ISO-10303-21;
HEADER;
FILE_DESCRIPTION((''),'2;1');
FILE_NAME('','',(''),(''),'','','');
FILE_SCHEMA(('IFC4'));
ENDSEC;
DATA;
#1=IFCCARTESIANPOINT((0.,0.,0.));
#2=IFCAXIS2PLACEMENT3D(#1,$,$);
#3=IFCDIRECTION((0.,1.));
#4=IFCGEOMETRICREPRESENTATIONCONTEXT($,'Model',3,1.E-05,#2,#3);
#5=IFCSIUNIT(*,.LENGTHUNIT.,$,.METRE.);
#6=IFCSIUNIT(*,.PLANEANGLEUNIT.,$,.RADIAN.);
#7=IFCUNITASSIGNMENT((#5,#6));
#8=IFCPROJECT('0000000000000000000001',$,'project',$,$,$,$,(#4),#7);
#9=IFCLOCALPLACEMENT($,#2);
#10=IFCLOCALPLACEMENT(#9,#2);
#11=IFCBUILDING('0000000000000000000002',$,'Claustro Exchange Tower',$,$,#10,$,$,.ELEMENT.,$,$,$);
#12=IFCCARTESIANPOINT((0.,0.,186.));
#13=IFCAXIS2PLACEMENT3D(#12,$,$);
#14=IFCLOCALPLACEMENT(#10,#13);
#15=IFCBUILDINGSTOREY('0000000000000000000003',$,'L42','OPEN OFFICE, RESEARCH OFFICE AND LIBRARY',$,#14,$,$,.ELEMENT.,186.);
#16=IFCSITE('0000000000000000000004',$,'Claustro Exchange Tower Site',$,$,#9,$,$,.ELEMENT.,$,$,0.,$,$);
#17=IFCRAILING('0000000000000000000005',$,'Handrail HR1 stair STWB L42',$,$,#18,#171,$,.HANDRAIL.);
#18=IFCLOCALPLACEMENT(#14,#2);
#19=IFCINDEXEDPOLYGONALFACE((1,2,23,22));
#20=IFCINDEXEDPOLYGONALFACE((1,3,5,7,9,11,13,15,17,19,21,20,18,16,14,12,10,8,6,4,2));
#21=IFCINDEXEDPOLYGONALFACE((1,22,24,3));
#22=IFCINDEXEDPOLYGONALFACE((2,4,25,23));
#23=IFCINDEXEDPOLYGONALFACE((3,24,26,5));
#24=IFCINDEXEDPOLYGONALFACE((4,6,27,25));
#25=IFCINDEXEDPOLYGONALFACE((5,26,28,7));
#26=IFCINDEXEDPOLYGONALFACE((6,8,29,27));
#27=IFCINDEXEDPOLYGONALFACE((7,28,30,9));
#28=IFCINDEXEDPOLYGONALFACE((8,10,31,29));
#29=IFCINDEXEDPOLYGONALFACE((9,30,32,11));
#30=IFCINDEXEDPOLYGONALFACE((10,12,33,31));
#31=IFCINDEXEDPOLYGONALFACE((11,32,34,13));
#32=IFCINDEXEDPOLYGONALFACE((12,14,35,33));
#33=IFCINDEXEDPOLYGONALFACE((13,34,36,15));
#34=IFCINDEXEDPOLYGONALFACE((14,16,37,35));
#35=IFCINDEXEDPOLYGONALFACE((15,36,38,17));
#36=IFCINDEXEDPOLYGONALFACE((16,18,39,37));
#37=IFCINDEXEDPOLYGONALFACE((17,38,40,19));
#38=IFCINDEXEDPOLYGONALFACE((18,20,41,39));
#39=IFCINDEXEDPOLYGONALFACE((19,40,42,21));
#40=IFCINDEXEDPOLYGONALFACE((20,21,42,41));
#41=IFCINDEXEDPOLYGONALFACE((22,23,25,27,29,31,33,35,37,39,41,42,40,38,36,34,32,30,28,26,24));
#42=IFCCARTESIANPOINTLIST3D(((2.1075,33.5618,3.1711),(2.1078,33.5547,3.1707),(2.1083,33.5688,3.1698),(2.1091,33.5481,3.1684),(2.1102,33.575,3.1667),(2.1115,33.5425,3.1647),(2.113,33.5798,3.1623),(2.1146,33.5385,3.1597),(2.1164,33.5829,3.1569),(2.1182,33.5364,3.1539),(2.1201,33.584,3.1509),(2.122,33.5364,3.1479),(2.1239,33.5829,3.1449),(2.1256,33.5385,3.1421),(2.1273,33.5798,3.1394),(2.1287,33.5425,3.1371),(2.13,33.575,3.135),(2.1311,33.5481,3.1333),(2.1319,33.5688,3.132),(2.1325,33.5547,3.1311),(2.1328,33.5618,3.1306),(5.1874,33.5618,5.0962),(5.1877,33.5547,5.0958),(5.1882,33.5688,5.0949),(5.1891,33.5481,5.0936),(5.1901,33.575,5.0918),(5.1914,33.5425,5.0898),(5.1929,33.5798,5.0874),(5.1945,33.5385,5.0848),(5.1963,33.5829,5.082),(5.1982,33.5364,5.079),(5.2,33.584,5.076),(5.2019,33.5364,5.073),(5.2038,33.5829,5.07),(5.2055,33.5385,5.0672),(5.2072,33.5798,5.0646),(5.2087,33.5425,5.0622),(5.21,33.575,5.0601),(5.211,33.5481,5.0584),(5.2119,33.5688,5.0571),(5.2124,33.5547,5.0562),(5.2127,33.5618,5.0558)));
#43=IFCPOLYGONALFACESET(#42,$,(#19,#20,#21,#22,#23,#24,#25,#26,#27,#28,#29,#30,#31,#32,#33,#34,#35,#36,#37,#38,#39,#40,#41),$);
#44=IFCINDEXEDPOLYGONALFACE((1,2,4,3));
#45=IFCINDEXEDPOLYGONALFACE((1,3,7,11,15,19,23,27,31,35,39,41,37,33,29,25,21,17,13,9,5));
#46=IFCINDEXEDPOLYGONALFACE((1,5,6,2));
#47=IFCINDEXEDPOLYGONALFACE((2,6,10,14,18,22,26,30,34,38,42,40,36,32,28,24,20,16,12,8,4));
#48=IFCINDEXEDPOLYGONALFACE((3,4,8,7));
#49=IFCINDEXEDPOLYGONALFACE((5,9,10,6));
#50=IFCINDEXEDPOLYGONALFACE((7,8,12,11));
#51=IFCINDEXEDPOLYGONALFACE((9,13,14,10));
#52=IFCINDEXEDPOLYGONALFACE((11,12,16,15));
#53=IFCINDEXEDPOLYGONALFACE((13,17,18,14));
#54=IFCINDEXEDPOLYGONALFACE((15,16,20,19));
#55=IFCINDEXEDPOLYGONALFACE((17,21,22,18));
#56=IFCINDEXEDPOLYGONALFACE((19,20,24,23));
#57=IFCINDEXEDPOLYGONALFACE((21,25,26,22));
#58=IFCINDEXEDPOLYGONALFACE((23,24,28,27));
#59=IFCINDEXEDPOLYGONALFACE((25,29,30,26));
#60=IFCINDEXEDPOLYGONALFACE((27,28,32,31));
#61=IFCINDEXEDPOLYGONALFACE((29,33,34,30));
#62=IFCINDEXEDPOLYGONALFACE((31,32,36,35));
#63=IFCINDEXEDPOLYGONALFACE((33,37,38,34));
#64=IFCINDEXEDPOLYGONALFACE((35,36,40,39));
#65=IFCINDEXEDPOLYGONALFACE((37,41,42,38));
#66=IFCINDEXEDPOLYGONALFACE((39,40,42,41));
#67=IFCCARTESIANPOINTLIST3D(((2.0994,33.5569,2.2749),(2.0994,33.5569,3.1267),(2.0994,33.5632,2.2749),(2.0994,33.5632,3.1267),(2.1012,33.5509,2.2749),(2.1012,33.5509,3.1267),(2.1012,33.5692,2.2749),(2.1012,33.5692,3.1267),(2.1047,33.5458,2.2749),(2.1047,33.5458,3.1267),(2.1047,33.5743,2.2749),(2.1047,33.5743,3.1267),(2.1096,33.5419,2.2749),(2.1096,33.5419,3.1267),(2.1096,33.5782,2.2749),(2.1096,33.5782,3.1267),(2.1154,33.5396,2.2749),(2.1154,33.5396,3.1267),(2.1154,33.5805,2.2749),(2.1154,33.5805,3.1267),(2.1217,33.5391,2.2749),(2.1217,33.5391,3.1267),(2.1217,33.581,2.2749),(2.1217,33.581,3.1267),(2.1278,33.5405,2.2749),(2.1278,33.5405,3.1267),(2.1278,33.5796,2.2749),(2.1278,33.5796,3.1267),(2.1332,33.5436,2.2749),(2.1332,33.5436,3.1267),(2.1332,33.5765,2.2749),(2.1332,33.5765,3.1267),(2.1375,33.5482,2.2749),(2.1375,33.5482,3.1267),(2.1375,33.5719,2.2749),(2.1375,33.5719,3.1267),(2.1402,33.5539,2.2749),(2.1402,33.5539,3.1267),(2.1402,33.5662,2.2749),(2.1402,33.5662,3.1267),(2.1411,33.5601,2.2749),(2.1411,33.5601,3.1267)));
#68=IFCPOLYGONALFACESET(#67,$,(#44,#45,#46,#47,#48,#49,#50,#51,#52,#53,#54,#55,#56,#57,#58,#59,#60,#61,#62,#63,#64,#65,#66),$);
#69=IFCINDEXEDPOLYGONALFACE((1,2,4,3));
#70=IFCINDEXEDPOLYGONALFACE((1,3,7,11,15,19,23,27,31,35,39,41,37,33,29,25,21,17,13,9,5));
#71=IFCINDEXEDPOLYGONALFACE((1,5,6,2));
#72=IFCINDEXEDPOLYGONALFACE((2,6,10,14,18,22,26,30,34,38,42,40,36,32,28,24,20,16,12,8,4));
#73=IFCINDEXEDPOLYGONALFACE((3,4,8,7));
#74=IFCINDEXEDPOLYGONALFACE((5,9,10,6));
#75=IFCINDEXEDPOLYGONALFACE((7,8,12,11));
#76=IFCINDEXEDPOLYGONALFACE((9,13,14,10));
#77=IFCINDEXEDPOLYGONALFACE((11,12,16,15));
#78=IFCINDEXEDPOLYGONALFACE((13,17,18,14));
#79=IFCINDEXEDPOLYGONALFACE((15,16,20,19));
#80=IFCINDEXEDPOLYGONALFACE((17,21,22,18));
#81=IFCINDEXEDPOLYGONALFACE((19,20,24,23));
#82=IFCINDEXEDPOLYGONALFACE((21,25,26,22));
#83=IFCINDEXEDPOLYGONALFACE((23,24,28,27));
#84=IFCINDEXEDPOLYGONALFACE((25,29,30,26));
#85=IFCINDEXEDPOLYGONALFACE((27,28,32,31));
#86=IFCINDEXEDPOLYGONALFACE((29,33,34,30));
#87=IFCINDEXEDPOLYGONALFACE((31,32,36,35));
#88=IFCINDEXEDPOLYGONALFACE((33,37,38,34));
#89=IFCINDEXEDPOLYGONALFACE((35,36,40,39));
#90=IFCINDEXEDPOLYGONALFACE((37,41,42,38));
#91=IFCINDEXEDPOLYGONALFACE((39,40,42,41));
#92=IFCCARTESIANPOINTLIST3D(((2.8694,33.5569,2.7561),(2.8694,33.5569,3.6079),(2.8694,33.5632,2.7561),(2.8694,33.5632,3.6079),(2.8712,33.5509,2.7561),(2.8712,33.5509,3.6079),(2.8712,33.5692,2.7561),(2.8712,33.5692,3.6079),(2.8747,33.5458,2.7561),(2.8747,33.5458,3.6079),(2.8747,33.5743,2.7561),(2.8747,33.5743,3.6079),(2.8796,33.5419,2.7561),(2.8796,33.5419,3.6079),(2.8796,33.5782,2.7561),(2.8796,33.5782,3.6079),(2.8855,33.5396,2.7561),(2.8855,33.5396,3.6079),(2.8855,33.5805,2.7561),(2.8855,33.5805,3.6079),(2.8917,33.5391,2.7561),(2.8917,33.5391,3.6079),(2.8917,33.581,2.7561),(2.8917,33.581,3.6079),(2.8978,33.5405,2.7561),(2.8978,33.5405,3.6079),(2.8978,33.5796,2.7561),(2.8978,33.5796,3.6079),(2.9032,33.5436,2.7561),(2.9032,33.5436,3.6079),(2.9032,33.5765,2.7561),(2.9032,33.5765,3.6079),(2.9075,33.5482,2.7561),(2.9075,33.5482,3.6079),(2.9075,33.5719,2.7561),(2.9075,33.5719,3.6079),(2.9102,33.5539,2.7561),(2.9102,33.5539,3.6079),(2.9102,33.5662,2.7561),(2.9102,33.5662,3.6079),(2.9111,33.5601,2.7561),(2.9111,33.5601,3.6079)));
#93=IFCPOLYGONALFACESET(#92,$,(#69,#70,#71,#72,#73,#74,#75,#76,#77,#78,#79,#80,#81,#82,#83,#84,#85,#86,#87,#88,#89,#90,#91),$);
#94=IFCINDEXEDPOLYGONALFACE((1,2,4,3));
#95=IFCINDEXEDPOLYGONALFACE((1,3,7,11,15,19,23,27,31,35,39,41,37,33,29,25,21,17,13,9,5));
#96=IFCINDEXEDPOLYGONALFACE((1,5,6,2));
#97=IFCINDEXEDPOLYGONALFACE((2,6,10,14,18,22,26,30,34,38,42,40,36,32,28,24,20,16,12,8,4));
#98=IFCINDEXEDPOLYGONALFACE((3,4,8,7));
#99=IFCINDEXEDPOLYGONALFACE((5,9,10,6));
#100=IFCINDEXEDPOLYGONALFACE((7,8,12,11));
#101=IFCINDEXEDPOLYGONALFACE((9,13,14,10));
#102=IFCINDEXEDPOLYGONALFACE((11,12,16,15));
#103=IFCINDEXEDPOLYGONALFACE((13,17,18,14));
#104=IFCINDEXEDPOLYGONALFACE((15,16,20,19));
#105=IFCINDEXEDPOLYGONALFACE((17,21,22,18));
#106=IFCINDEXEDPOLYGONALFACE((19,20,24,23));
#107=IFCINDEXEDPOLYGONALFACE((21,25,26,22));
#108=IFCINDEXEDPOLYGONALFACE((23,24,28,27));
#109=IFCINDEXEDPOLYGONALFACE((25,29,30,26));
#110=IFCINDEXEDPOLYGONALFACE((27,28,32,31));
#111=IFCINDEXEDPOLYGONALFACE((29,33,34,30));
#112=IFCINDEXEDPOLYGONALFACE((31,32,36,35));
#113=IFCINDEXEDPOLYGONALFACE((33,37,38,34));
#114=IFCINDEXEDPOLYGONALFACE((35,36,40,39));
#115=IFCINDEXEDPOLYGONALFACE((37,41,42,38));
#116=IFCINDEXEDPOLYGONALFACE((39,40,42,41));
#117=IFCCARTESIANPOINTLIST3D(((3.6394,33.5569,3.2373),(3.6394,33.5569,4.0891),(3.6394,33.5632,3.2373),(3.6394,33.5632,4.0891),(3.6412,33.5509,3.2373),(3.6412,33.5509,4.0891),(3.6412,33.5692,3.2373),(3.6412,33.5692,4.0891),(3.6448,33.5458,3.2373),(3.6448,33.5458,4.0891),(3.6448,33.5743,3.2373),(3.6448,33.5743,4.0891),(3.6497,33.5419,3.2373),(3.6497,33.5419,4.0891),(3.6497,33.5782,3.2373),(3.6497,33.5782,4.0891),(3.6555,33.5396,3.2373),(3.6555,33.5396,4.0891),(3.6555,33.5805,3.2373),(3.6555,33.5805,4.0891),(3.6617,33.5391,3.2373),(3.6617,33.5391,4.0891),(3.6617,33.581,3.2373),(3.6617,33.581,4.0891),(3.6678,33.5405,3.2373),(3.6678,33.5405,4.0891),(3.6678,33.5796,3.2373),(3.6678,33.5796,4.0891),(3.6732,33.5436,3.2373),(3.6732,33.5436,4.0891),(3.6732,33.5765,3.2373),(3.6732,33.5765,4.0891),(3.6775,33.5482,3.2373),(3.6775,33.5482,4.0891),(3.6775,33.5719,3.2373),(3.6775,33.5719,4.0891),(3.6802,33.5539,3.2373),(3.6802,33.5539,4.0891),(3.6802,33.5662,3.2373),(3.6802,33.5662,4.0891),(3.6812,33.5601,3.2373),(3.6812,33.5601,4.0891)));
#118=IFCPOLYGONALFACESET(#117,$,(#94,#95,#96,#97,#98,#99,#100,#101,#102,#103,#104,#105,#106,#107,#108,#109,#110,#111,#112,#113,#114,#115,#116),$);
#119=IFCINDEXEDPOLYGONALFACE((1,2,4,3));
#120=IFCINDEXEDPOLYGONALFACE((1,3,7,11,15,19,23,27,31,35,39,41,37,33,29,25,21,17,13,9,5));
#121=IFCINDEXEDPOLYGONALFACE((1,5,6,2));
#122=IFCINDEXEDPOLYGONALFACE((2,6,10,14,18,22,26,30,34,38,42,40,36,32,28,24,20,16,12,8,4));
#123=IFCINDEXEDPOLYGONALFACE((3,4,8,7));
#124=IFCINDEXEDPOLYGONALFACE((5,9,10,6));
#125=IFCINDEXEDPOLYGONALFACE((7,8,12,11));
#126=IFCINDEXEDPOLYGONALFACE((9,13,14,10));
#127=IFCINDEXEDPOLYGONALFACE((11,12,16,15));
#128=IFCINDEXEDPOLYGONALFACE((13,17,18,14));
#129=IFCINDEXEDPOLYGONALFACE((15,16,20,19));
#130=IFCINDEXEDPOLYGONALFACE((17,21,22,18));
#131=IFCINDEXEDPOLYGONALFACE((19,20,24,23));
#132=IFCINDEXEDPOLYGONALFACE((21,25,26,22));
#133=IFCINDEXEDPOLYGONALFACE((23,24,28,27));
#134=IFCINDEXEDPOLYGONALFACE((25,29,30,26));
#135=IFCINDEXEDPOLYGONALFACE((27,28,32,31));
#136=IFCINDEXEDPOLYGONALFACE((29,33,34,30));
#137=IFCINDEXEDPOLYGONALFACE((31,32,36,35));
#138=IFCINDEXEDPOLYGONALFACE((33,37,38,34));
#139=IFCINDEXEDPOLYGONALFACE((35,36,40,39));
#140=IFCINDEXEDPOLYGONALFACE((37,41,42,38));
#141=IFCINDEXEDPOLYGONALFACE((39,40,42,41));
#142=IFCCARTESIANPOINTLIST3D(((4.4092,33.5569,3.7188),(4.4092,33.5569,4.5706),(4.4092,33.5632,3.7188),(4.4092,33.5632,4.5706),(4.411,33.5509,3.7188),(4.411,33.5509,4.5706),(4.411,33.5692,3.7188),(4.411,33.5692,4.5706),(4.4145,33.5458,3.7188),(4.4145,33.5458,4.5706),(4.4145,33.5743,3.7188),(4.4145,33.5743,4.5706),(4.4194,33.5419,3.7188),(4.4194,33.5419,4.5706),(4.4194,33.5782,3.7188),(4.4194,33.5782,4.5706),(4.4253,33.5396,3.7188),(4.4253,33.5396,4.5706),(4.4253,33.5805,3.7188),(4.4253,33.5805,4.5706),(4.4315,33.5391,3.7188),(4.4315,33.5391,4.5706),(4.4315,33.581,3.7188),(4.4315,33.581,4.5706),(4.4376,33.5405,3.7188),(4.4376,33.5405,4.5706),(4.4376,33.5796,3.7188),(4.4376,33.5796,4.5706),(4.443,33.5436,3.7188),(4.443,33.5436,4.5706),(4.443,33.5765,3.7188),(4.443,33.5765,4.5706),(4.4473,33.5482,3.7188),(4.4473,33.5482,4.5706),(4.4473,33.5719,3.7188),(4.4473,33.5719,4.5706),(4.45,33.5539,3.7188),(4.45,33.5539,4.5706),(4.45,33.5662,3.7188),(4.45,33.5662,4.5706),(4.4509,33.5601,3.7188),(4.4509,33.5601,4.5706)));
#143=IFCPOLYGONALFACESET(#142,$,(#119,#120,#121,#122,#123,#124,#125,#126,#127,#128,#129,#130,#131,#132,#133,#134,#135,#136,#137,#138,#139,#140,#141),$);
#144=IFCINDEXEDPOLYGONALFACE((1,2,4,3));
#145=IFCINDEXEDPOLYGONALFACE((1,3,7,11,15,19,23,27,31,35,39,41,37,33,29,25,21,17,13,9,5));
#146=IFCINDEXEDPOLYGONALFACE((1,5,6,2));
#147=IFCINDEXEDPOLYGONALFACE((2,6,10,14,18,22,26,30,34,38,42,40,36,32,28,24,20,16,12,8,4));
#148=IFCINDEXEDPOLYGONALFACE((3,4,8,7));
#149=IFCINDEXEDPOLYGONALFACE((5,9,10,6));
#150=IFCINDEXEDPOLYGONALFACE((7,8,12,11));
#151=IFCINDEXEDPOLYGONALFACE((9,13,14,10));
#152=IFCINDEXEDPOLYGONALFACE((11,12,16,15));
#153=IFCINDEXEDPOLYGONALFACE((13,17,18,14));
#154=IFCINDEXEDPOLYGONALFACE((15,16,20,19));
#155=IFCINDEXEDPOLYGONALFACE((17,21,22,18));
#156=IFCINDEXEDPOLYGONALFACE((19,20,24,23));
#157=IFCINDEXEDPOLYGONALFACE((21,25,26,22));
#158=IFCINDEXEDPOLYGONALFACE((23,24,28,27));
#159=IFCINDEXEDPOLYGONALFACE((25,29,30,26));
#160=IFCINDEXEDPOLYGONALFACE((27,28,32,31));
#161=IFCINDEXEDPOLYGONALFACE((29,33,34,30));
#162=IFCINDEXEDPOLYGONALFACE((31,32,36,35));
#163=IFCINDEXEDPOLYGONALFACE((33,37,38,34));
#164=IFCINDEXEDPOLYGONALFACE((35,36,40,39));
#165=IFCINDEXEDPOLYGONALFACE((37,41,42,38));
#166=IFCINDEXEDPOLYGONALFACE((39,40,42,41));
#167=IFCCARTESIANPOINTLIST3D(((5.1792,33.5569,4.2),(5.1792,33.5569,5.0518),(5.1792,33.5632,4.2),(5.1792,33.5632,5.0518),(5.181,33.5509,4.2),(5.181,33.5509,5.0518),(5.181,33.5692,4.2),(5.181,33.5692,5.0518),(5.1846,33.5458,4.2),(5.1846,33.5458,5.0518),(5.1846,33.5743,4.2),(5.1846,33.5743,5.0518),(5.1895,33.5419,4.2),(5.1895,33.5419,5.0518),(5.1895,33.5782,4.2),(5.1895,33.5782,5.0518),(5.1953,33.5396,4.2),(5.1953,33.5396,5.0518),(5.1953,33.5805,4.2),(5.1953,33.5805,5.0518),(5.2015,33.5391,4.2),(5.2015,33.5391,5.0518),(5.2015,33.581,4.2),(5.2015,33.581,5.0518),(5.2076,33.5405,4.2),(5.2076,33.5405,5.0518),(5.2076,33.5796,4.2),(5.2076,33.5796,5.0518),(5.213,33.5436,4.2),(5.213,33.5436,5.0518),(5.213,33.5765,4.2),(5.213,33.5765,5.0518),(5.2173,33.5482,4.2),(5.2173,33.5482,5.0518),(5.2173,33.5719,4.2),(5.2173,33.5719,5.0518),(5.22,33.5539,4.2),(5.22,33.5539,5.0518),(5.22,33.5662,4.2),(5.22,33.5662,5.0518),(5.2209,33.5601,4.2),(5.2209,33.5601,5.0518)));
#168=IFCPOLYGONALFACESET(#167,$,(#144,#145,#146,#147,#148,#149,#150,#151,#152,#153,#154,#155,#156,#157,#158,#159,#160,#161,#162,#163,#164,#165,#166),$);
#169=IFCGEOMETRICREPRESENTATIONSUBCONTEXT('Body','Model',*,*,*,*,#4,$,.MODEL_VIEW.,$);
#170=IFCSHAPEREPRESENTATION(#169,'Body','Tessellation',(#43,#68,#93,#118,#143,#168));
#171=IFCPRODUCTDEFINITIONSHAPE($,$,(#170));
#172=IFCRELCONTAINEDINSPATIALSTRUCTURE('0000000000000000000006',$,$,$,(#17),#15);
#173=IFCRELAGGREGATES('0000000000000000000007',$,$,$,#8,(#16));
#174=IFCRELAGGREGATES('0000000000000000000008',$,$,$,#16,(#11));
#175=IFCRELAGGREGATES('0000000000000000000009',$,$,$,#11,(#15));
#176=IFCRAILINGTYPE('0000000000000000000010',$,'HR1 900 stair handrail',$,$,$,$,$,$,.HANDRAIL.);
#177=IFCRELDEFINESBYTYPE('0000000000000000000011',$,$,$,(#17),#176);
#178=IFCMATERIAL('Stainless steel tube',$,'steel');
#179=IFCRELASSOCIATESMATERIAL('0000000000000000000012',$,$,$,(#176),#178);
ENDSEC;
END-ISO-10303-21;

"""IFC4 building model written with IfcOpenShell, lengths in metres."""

from ifc_helpers import new_model, si_unit, direction, frame, origin, origin_2d, place, context, subcontext, project, spatial, circle, extrude, material, type_object, element, save


model = new_model("IFC4")

# Units and contexts
model_context = context("Model", 3, precision=1e-05, world=origin(), true_north=direction((0.0, 1.0)))
body_context = subcontext(model_context, "Body", "Model", "MODEL_VIEW")
ifc_project = project(units=[si_unit("LENGTHUNIT", "METRE"), si_unit("PLANEANGLEUNIT", "RADIAN")], contexts=[model_context])

# Site, building, storey
site_placement = place(None, origin())
site = spatial("IfcSite", under=ifc_project, at=site_placement, Name="Claustro Exchange Tower Site", CompositionType="ELEMENT", RefElevation=0.0)
building_placement = place(site_placement, origin())
building = spatial("IfcBuilding", under=site, at=building_placement, Name="Claustro Exchange Tower", CompositionType="ELEMENT")
storey_placement = place(building_placement, frame((0.0, 0.0, 186.0)))
storey = spatial("IfcBuildingStorey", under=building, at=storey_placement, Name="L42", Description="OPEN OFFICE, RESEARCH OFFICE AND LIBRARY", CompositionType="ELEMENT", Elevation=186.0)

# Railing
ifc_material_1 = material(Name="Stainless steel tube", Category="steel")
railing_type_1 = type_object("IfcRailingType", Name="HR1 900 stair handrail", PredefinedType="HANDRAIL", material=ifc_material_1)
railing_1_placement = place(storey_placement, frame((2.1201, 33.5601, 2.2749)))
element("IfcRailing", 1, at=railing_1_placement, inside=storey, type_object=railing_type_1, Name="Handrail HR1 stair STWB L42", PredefinedType="HANDRAIL", context=body_context, shape_type="SweptSolid", body=[
    extrude(circle(Radius=0.0239, at=origin_2d()), frame((0.0, 0.0, 0.876), z_axis=(0.847979, 0.0, 0.530029), x_axis=(0.0, 1.0, 0.0)), (0.0, 0.0, 1.0), 3.6321),
    extrude(circle(Radius=0.021, at=origin_2d()), origin(), (0.0, 0.0, 1.0), 0.8518),
    extrude(circle(Radius=0.021, at=origin_2d()), frame((0.77, 0.0, 0.4812)), (0.0, 0.0, 1.0), 0.8518),
    extrude(circle(Radius=0.021, at=origin_2d()), frame((1.54, 0.0, 0.9624)), (0.0, 0.0, 1.0), 0.8518),
    extrude(circle(Radius=0.021, at=origin_2d()), frame((2.3098, 0.0, 1.4438)), (0.0, 0.0, 1.0), 0.8518),
    extrude(circle(Radius=0.021, at=origin_2d()), frame((3.0798, 0.0, 1.925)), (0.0, 0.0, 1.0), 0.8518),
])

save(model, "model.ifc")
